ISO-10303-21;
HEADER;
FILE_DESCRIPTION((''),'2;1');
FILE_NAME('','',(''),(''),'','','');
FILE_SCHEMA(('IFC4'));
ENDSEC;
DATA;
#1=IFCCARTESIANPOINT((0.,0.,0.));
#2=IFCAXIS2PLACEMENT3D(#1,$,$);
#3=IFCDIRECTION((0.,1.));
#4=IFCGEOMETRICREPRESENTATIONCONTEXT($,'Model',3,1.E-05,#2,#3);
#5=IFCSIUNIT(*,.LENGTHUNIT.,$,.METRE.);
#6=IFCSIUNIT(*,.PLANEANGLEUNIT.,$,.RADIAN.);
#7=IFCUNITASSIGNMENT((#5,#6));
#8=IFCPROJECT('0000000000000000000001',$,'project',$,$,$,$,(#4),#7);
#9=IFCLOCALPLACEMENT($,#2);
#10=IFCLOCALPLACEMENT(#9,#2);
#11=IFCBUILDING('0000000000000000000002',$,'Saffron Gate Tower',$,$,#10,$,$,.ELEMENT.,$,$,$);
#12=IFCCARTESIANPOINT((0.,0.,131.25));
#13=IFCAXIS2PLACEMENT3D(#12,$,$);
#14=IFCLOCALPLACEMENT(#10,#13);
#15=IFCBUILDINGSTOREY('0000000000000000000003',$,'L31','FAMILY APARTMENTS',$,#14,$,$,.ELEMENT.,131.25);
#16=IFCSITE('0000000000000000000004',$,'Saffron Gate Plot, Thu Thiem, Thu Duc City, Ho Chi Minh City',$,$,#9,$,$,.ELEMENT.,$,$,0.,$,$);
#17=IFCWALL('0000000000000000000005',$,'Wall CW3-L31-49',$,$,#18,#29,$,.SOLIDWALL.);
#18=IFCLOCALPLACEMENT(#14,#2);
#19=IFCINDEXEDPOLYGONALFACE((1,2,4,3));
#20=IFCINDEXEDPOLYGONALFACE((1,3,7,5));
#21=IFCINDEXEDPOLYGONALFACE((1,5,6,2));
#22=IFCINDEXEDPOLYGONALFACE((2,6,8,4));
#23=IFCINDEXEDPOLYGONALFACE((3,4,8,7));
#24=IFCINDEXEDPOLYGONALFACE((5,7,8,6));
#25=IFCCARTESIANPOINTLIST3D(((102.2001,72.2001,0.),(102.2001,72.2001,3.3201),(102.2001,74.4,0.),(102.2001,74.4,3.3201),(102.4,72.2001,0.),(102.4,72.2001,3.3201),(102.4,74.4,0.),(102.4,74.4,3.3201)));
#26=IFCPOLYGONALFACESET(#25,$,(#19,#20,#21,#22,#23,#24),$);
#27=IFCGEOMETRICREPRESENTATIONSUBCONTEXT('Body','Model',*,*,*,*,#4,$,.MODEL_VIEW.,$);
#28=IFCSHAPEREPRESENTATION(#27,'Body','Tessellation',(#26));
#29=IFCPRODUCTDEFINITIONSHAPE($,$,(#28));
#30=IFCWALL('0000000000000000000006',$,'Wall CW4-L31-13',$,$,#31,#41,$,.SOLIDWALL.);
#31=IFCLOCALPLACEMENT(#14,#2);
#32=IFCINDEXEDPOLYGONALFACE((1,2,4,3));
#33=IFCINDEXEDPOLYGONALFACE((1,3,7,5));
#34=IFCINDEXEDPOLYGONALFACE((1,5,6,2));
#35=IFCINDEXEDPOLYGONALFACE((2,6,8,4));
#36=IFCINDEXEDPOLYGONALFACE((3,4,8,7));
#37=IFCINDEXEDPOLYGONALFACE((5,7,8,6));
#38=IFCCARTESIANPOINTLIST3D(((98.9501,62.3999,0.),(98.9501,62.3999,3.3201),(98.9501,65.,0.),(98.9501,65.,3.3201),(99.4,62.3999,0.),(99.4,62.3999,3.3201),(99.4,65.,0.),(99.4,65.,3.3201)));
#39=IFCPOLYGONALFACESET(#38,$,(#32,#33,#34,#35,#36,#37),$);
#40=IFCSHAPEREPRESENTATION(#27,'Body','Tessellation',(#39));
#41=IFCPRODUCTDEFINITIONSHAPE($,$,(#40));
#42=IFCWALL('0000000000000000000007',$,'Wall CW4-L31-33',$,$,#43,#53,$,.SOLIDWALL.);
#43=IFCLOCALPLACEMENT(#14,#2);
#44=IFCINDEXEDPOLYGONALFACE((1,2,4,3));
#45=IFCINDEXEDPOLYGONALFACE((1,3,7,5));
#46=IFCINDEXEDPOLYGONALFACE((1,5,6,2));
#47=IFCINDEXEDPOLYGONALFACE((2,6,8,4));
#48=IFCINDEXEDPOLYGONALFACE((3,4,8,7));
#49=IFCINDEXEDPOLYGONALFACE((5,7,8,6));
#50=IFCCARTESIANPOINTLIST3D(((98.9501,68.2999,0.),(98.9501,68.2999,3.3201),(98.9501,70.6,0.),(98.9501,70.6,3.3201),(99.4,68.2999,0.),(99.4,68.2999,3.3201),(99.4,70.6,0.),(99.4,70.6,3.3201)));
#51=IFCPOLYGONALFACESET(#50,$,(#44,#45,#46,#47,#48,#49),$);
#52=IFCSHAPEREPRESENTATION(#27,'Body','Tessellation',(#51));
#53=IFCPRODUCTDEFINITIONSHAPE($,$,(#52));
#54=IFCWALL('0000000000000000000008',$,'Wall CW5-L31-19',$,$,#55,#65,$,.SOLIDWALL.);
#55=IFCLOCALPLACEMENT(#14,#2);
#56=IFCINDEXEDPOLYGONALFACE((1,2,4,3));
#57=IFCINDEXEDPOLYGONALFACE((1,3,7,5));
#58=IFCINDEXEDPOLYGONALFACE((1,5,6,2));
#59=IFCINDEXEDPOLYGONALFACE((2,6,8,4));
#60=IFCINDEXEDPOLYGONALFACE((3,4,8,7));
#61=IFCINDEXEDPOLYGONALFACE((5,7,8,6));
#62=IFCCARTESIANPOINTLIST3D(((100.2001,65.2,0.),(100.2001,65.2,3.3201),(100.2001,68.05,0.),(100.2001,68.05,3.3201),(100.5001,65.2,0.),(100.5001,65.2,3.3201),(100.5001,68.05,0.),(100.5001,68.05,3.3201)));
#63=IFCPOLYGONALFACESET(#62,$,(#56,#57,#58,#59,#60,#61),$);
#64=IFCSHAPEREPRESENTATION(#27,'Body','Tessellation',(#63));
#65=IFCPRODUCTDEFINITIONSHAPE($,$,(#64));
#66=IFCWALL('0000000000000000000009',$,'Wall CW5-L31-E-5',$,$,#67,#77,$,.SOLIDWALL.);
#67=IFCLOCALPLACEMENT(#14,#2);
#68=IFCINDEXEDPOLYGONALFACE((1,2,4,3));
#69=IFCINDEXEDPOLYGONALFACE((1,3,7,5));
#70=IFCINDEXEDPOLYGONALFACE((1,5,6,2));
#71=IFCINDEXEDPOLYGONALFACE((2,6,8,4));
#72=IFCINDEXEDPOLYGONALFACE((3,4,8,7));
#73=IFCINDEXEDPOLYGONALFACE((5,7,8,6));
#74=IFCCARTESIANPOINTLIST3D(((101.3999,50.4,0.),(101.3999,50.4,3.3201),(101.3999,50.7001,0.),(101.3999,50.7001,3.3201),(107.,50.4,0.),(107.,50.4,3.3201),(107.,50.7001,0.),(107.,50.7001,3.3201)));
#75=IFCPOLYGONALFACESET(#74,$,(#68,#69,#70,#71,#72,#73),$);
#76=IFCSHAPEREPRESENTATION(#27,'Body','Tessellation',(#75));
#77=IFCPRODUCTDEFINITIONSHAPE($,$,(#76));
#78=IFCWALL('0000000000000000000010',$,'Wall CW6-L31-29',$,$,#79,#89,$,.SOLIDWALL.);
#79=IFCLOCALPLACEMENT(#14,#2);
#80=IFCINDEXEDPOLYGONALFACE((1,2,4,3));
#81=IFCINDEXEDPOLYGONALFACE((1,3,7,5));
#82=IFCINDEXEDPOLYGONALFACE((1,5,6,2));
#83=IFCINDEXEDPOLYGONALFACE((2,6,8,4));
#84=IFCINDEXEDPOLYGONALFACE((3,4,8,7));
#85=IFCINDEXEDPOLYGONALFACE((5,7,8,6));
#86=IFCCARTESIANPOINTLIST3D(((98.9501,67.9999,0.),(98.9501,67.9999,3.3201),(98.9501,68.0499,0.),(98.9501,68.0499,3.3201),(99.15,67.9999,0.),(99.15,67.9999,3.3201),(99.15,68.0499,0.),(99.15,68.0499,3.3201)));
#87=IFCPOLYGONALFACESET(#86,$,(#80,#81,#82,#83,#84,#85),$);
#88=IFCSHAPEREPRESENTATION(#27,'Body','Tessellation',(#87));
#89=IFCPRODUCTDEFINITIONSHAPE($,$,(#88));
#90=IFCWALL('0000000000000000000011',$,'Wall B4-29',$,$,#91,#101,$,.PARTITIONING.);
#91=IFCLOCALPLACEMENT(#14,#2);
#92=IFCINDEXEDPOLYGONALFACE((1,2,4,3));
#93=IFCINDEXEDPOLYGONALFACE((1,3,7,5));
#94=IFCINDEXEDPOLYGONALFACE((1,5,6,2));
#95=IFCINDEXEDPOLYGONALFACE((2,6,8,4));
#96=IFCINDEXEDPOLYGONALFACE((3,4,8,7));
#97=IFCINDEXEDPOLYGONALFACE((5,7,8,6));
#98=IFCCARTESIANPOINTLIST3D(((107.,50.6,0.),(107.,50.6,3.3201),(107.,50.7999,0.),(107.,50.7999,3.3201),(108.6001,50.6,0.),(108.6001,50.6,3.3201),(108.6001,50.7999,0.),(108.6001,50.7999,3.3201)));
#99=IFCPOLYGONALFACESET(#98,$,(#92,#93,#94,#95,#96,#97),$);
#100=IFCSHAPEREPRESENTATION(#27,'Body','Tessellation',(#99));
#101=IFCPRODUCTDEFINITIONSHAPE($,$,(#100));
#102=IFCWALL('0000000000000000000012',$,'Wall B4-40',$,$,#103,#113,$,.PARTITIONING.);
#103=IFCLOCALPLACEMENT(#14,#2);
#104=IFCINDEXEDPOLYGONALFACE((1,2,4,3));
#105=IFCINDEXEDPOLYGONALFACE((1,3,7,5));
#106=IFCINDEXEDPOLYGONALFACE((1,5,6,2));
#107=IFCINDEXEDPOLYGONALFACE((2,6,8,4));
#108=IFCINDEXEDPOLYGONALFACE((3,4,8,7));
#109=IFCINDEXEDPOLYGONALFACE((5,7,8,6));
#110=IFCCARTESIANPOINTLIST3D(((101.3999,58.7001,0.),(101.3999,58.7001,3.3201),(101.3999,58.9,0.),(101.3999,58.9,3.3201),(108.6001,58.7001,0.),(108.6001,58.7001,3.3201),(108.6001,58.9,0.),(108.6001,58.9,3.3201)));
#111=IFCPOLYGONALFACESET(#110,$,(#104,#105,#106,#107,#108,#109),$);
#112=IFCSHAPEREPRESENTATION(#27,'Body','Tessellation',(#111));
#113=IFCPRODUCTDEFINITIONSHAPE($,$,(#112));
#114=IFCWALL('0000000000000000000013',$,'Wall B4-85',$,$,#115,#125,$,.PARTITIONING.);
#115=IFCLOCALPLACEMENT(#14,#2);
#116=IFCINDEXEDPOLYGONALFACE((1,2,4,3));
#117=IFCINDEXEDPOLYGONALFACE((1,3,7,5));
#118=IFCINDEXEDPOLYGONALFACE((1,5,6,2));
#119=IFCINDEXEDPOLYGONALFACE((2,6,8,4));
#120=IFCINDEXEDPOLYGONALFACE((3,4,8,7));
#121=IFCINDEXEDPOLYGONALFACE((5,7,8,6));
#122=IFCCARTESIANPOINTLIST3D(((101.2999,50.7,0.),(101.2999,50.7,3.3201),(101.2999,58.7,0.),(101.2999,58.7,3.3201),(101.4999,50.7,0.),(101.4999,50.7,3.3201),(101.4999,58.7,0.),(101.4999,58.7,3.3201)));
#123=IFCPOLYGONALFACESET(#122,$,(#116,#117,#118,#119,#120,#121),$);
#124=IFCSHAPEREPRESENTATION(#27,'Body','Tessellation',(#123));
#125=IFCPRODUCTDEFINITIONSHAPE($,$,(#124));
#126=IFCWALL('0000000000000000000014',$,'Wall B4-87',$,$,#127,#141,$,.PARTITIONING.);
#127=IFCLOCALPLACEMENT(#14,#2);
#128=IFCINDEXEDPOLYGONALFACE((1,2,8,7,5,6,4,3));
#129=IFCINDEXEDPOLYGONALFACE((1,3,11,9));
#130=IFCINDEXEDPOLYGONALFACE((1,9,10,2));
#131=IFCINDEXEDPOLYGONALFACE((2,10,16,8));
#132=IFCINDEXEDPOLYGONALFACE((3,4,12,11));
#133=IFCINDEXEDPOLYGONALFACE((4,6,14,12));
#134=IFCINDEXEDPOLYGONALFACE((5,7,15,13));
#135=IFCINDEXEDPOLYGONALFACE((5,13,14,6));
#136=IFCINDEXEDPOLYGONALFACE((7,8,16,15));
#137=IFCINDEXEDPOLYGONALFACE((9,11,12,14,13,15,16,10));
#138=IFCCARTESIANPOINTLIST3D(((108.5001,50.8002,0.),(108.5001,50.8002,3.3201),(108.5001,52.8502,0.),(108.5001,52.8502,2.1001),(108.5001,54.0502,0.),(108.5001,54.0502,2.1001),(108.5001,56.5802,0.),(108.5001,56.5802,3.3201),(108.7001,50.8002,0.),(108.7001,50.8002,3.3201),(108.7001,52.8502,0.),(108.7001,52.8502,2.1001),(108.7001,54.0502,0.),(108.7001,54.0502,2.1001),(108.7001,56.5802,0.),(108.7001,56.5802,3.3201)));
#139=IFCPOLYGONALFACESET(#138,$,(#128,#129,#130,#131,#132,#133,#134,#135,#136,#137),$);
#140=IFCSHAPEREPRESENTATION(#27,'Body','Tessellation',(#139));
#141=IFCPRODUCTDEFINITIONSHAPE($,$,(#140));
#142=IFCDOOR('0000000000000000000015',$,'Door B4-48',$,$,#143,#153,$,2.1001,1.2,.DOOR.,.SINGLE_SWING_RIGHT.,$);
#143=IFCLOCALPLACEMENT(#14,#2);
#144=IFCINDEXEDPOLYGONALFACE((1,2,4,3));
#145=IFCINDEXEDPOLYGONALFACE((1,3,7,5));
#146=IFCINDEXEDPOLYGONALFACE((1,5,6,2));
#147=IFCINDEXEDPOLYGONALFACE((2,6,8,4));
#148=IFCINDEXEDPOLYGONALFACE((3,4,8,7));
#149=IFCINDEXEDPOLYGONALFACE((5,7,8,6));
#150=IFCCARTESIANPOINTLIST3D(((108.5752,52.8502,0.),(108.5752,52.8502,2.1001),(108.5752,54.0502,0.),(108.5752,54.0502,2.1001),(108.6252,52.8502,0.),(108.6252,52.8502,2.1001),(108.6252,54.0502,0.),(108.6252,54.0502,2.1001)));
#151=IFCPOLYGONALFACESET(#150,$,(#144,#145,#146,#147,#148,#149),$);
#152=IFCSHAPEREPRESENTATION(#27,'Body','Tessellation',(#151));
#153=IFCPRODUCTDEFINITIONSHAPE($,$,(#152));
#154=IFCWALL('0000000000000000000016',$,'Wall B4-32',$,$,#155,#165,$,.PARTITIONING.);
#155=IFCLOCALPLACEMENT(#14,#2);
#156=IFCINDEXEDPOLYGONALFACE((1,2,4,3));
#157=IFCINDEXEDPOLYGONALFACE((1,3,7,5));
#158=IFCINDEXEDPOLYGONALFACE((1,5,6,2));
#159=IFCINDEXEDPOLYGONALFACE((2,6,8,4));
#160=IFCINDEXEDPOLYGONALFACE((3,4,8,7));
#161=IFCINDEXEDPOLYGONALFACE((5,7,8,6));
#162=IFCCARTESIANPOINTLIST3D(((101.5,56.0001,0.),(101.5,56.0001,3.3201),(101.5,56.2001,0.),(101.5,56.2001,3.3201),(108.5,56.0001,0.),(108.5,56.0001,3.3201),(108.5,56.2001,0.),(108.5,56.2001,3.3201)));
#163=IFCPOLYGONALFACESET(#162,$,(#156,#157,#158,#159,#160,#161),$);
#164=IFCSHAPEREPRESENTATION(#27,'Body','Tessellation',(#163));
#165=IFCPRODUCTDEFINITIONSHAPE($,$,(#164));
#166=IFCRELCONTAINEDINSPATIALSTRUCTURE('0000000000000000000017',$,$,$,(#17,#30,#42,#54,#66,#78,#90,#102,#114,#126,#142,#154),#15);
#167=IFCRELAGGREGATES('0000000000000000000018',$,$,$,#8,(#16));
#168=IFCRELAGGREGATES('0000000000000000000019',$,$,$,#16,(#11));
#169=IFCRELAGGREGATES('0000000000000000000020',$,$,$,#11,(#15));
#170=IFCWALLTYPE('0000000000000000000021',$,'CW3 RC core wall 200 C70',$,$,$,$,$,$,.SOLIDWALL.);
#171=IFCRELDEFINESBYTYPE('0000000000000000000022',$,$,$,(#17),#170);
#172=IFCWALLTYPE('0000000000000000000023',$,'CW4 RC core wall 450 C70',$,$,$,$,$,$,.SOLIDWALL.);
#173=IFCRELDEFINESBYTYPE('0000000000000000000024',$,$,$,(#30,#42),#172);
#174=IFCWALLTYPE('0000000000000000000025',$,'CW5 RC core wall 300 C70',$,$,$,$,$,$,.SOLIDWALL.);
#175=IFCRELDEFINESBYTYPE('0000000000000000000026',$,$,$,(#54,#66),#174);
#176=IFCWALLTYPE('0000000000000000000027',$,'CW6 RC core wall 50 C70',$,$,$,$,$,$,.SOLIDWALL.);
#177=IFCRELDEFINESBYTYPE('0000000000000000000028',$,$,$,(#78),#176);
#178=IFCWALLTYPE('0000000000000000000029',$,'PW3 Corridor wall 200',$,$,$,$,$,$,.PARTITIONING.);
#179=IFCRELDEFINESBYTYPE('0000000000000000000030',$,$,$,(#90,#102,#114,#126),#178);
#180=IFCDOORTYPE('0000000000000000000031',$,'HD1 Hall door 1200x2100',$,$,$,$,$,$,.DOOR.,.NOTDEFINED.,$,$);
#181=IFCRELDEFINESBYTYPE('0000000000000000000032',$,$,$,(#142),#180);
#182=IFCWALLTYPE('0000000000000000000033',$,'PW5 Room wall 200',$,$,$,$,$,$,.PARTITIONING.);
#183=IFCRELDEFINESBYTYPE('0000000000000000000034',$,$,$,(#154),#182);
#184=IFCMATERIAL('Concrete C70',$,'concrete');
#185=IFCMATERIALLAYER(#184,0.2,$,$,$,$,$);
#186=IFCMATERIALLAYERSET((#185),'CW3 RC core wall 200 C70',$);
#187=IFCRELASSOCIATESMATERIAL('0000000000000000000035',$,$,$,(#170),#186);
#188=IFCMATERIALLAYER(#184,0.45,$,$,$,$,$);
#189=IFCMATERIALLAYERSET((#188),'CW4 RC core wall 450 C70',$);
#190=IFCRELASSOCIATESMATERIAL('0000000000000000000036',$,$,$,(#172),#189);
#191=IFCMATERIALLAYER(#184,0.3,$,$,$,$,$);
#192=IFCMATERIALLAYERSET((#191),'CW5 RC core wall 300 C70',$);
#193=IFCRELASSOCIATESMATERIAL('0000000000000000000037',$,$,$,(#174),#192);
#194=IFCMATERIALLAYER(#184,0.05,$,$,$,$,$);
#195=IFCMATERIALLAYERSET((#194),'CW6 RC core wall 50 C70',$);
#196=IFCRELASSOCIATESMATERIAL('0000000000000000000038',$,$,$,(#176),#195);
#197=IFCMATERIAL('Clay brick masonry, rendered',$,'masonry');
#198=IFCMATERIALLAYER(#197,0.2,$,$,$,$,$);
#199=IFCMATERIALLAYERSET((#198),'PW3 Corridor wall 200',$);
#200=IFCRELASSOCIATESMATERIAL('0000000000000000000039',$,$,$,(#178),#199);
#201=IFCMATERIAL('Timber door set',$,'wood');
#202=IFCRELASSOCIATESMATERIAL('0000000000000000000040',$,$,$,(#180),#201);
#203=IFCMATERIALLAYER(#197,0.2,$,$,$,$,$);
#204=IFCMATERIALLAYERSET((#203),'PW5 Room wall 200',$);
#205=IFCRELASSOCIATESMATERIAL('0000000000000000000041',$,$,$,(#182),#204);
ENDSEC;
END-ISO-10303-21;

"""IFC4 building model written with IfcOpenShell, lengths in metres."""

from ifc_helpers import new_model, si_unit, direction, frame, frame_2d, origin, place, context, subcontext, project, spatial, rectangle, extrude, material, layer, layer_set, type_object, element, fill, save


model = new_model("IFC4")

# Units and contexts
model_context = context("Model", 3, precision=1e-05, world=origin(), true_north=direction((0.0, 1.0)))
body_context = subcontext(model_context, "Body", "Model", "MODEL_VIEW")
ifc_project = project(units=[si_unit("LENGTHUNIT", "METRE"), si_unit("PLANEANGLEUNIT", "RADIAN")], contexts=[model_context])

# Site, building, storey
site_placement = place(None, origin())
site = spatial("IfcSite", under=ifc_project, at=site_placement, Name="Saffron Gate Plot, Thu Thiem, Thu Duc City, Ho Chi Minh City", CompositionType="ELEMENT", RefElevation=0.0)
building_placement = place(site_placement, origin())
building = spatial("IfcBuilding", under=site, at=building_placement, Name="Saffron Gate Tower", CompositionType="ELEMENT")
storey_placement = place(building_placement, frame((0.0, 0.0, 131.25)))
storey = spatial("IfcBuildingStorey", under=building, at=storey_placement, Name="L31", Description="FAMILY APARTMENTS", CompositionType="ELEMENT", Elevation=131.25)

# Shared definitions
ifc_material_1 = material(Name="Concrete C70", Category="concrete")

# Walls
ifc_layer_1 = layer(ifc_material_1, 0.2)
ifc_layer_set_1 = layer_set([ifc_layer_1], Name="CW3 RC core wall 200 C70")
wall_type_1 = type_object("IfcWallType", Name="CW3 RC core wall 200 C70", PredefinedType="SOLIDWALL", material=ifc_layer_set_1)
wall_1_placement = place(storey_placement, frame((102.3, 72.2, 0.0), z_axis=(0.0, 0.0, 1.0), x_axis=(0.0, 1.0, 0.0)))
element("IfcWall", 1, at=wall_1_placement, inside=storey, type_object=wall_type_1, Name="Wall CW3-L31-49", PredefinedType="SOLIDWALL", context=body_context, shape_type="SweptSolid", body=[
    extrude(rectangle(XDim=2.2, YDim=0.2, at=frame_2d((1.1001, 0.0))), origin(), (0.0, 0.0, 1.0), 3.3201),
])
ifc_layer_2 = layer(ifc_material_1, 0.45)
ifc_layer_set_2 = layer_set([ifc_layer_2], Name="CW4 RC core wall 450 C70")
wall_type_2 = type_object("IfcWallType", Name="CW4 RC core wall 450 C70", PredefinedType="SOLIDWALL", material=ifc_layer_set_2)
wall_2_placement = place(storey_placement, frame((99.175, 62.3999, 0.0), z_axis=(0.0, 0.0, 1.0), x_axis=(0.0, 1.0, 0.0)))
element("IfcWall", 2, at=wall_2_placement, inside=storey, type_object=wall_type_2, Name="Wall CW4-L31-13", PredefinedType="SOLIDWALL", context=body_context, shape_type="SweptSolid", body=[
    extrude(rectangle(XDim=2.6001, YDim=0.45, at=frame_2d((1.3, 0.0))), origin(), (0.0, 0.0, 1.0), 3.3201),
])
wall_3_placement = place(storey_placement, frame((99.175, 68.3, 0.0), z_axis=(0.0, 0.0, 1.0), x_axis=(0.0, 1.0, 0.0)))
element("IfcWall", 3, at=wall_3_placement, inside=storey, type_object=wall_type_2, Name="Wall CW4-L31-33", PredefinedType="SOLIDWALL", context=body_context, shape_type="SweptSolid", body=[
    extrude(rectangle(XDim=2.3, YDim=0.45, at=frame_2d((1.1499, 0.0))), origin(), (0.0, 0.0, 1.0), 3.3201),
])
ifc_layer_3 = layer(ifc_material_1, 0.3)
ifc_layer_set_3 = layer_set([ifc_layer_3], Name="CW5 RC core wall 300 C70")
wall_type_3 = type_object("IfcWallType", Name="CW5 RC core wall 300 C70", PredefinedType="SOLIDWALL", material=ifc_layer_set_3)
wall_4_placement = place(storey_placement, frame((100.3501, 65.2, 0.0), z_axis=(0.0, 0.0, 1.0), x_axis=(0.0, 1.0, 0.0)))
element("IfcWall", 4, at=wall_4_placement, inside=storey, type_object=wall_type_3, Name="Wall CW5-L31-19", PredefinedType="SOLIDWALL", context=body_context, shape_type="SweptSolid", body=[
    extrude(rectangle(XDim=2.8501, YDim=0.3, at=frame_2d((1.425, 0.0))), origin(), (0.0, 0.0, 1.0), 3.3201),
])
wall_5_placement = place(storey_placement, frame((101.3999, 50.55, 0.0), z_axis=(0.0, 0.0, 1.0), x_axis=(1.0, 0.0, 0.0)))
element("IfcWall", 5, at=wall_5_placement, inside=storey, type_object=wall_type_3, Name="Wall CW5-L31-E-5", PredefinedType="SOLIDWALL", context=body_context, shape_type="SweptSolid", body=[
    extrude(rectangle(XDim=5.6001, YDim=0.3, at=frame_2d((2.8, 0.0))), origin(), (0.0, 0.0, 1.0), 3.3201),
])
ifc_layer_4 = layer(ifc_material_1, 0.05)
ifc_layer_set_4 = layer_set([ifc_layer_4], Name="CW6 RC core wall 50 C70")
wall_type_4 = type_object("IfcWallType", Name="CW6 RC core wall 50 C70", PredefinedType="SOLIDWALL", material=ifc_layer_set_4)
wall_6_placement = place(storey_placement, frame((98.95, 68.0249, 0.0), z_axis=(0.0, 0.0, 1.0), x_axis=(1.0, 0.0, 0.0)))
element("IfcWall", 6, at=wall_6_placement, inside=storey, type_object=wall_type_4, Name="Wall CW6-L31-29", PredefinedType="SOLIDWALL", context=body_context, shape_type="SweptSolid", body=[
    extrude(rectangle(XDim=0.2, YDim=0.05, at=frame_2d((0.1001, 0.0))), origin(), (0.0, 0.0, 1.0), 3.3201),
])
ifc_material_2 = material(Name="Clay brick masonry, rendered", Category="masonry")
ifc_layer_5 = layer(ifc_material_2, 0.2)
ifc_layer_set_5 = layer_set([ifc_layer_5], Name="PW3 Corridor wall 200")
wall_type_5 = type_object("IfcWallType", Name="PW3 Corridor wall 200", PredefinedType="PARTITIONING", material=ifc_layer_set_5)
wall_7_placement = place(storey_placement, frame((107.0, 50.7, 0.0), z_axis=(0.0, 0.0, 1.0), x_axis=(1.0, 0.0, 0.0)))
element("IfcWall", 7, at=wall_7_placement, inside=storey, type_object=wall_type_5, Name="Wall B4-29", PredefinedType="PARTITIONING", context=body_context, shape_type="SweptSolid", body=[
    extrude(rectangle(XDim=1.6001, YDim=0.2, at=frame_2d((0.8, 0.0))), origin(), (0.0, 0.0, 1.0), 3.3201),
])
wall_8_placement = place(storey_placement, frame((101.3999, 58.8, 0.0), z_axis=(0.0, 0.0, 1.0), x_axis=(1.0, 0.0, 0.0)))
element("IfcWall", 8, at=wall_8_placement, inside=storey, type_object=wall_type_5, Name="Wall B4-40", PredefinedType="PARTITIONING", context=body_context, shape_type="SweptSolid", body=[
    extrude(rectangle(XDim=7.2002, YDim=0.2, at=frame_2d((3.6001, 0.0))), origin(), (0.0, 0.0, 1.0), 3.3201),
])
wall_9_placement = place(storey_placement, frame((101.3999, 58.7, 0.0), z_axis=(0.0, 0.0, 1.0), x_axis=(0.0, -1.0, 0.0)))
element("IfcWall", 9, at=wall_9_placement, inside=storey, type_object=wall_type_5, Name="Wall B4-85", PredefinedType="PARTITIONING", context=body_context, shape_type="SweptSolid", body=[
    extrude(rectangle(XDim=8.0, YDim=0.2, at=frame_2d((4.0, 0.0))), origin(), (0.0, 0.0, 1.0), 3.3201),
])

# Wall, opening, door
wall_10_placement = place(storey_placement, frame((108.6001, 50.8, 0.0), z_axis=(0.0, 0.0, 1.0), x_axis=(0.0, 1.0, 0.0)))
wall_10 = element("IfcWall", 10, at=wall_10_placement, inside=storey, type_object=wall_type_5, Name="Wall B4-87", PredefinedType="PARTITIONING", context=body_context, shape_type="SweptSolid", body=[
    extrude(rectangle(XDim=5.78, YDim=0.2, at=frame_2d((2.8901, 0.0))), origin(), (0.0, 0.0, 1.0), 3.3201),
])
opening_1_placement = place(wall_10_placement, frame((2.05, 0.0, 0.0)))
opening_1 = element("IfcOpeningElement", 11, at=opening_1_placement, cuts=wall_10, PredefinedType="OPENING", context=body_context, shape_type="SweptSolid", body=[
    extrude(rectangle(XDim=1.2, YDim=2.1001, at=frame_2d((0.6001, 1.05))), frame((0.0, 0.1099, 0.0), z_axis=(0.0, -1.0, 0.0), x_axis=(1.0, 0.0, 0.0)), (0.0, 0.0, 1.0), 0.22),
])
ifc_material_3 = material(Name="Timber door set", Category="wood")
door_type_1 = type_object("IfcDoorType", Name="HD1 Hall door 1200x2100", OperationType="NOTDEFINED", PredefinedType="DOOR", material=ifc_material_3)
door_1_placement = place(opening_1_placement, origin())
door_1 = element("IfcDoor", 12, at=door_1_placement, inside=storey, type_object=door_type_1, Name="Door B4-48", OperationType="SINGLE_SWING_RIGHT", OverallHeight=2.1001, OverallWidth=1.2, PredefinedType="DOOR", context=body_context, shape_type="SweptSolid", body=[
    extrude(rectangle(XDim=1.2, YDim=2.1001, at=frame_2d((0.6001, 1.05))), frame((0.0, 0.0249, 0.0), z_axis=(0.0, -1.0, 0.0), x_axis=(1.0, 0.0, 0.0)), (0.0, 0.0, 1.0), 0.05),
])
fill(opening_1, door_1)

# Wall
ifc_layer_6 = layer(ifc_material_2, 0.2)
ifc_layer_set_6 = layer_set([ifc_layer_6], Name="PW5 Room wall 200")
wall_type_6 = type_object("IfcWallType", Name="PW5 Room wall 200", PredefinedType="PARTITIONING", material=ifc_layer_set_6)
wall_11_placement = place(storey_placement, frame((101.5, 56.1001, 0.0), z_axis=(0.0, 0.0, 1.0), x_axis=(1.0, 0.0, 0.0)))
element("IfcWall", 13, at=wall_11_placement, inside=storey, type_object=wall_type_6, Name="Wall B4-32", PredefinedType="PARTITIONING", context=body_context, shape_type="SweptSolid", body=[
    extrude(rectangle(XDim=7.0, YDim=0.2, at=frame_2d((3.5, 0.0))), origin(), (0.0, 0.0, 1.0), 3.3201),
])

save(model, "model.ifc")
